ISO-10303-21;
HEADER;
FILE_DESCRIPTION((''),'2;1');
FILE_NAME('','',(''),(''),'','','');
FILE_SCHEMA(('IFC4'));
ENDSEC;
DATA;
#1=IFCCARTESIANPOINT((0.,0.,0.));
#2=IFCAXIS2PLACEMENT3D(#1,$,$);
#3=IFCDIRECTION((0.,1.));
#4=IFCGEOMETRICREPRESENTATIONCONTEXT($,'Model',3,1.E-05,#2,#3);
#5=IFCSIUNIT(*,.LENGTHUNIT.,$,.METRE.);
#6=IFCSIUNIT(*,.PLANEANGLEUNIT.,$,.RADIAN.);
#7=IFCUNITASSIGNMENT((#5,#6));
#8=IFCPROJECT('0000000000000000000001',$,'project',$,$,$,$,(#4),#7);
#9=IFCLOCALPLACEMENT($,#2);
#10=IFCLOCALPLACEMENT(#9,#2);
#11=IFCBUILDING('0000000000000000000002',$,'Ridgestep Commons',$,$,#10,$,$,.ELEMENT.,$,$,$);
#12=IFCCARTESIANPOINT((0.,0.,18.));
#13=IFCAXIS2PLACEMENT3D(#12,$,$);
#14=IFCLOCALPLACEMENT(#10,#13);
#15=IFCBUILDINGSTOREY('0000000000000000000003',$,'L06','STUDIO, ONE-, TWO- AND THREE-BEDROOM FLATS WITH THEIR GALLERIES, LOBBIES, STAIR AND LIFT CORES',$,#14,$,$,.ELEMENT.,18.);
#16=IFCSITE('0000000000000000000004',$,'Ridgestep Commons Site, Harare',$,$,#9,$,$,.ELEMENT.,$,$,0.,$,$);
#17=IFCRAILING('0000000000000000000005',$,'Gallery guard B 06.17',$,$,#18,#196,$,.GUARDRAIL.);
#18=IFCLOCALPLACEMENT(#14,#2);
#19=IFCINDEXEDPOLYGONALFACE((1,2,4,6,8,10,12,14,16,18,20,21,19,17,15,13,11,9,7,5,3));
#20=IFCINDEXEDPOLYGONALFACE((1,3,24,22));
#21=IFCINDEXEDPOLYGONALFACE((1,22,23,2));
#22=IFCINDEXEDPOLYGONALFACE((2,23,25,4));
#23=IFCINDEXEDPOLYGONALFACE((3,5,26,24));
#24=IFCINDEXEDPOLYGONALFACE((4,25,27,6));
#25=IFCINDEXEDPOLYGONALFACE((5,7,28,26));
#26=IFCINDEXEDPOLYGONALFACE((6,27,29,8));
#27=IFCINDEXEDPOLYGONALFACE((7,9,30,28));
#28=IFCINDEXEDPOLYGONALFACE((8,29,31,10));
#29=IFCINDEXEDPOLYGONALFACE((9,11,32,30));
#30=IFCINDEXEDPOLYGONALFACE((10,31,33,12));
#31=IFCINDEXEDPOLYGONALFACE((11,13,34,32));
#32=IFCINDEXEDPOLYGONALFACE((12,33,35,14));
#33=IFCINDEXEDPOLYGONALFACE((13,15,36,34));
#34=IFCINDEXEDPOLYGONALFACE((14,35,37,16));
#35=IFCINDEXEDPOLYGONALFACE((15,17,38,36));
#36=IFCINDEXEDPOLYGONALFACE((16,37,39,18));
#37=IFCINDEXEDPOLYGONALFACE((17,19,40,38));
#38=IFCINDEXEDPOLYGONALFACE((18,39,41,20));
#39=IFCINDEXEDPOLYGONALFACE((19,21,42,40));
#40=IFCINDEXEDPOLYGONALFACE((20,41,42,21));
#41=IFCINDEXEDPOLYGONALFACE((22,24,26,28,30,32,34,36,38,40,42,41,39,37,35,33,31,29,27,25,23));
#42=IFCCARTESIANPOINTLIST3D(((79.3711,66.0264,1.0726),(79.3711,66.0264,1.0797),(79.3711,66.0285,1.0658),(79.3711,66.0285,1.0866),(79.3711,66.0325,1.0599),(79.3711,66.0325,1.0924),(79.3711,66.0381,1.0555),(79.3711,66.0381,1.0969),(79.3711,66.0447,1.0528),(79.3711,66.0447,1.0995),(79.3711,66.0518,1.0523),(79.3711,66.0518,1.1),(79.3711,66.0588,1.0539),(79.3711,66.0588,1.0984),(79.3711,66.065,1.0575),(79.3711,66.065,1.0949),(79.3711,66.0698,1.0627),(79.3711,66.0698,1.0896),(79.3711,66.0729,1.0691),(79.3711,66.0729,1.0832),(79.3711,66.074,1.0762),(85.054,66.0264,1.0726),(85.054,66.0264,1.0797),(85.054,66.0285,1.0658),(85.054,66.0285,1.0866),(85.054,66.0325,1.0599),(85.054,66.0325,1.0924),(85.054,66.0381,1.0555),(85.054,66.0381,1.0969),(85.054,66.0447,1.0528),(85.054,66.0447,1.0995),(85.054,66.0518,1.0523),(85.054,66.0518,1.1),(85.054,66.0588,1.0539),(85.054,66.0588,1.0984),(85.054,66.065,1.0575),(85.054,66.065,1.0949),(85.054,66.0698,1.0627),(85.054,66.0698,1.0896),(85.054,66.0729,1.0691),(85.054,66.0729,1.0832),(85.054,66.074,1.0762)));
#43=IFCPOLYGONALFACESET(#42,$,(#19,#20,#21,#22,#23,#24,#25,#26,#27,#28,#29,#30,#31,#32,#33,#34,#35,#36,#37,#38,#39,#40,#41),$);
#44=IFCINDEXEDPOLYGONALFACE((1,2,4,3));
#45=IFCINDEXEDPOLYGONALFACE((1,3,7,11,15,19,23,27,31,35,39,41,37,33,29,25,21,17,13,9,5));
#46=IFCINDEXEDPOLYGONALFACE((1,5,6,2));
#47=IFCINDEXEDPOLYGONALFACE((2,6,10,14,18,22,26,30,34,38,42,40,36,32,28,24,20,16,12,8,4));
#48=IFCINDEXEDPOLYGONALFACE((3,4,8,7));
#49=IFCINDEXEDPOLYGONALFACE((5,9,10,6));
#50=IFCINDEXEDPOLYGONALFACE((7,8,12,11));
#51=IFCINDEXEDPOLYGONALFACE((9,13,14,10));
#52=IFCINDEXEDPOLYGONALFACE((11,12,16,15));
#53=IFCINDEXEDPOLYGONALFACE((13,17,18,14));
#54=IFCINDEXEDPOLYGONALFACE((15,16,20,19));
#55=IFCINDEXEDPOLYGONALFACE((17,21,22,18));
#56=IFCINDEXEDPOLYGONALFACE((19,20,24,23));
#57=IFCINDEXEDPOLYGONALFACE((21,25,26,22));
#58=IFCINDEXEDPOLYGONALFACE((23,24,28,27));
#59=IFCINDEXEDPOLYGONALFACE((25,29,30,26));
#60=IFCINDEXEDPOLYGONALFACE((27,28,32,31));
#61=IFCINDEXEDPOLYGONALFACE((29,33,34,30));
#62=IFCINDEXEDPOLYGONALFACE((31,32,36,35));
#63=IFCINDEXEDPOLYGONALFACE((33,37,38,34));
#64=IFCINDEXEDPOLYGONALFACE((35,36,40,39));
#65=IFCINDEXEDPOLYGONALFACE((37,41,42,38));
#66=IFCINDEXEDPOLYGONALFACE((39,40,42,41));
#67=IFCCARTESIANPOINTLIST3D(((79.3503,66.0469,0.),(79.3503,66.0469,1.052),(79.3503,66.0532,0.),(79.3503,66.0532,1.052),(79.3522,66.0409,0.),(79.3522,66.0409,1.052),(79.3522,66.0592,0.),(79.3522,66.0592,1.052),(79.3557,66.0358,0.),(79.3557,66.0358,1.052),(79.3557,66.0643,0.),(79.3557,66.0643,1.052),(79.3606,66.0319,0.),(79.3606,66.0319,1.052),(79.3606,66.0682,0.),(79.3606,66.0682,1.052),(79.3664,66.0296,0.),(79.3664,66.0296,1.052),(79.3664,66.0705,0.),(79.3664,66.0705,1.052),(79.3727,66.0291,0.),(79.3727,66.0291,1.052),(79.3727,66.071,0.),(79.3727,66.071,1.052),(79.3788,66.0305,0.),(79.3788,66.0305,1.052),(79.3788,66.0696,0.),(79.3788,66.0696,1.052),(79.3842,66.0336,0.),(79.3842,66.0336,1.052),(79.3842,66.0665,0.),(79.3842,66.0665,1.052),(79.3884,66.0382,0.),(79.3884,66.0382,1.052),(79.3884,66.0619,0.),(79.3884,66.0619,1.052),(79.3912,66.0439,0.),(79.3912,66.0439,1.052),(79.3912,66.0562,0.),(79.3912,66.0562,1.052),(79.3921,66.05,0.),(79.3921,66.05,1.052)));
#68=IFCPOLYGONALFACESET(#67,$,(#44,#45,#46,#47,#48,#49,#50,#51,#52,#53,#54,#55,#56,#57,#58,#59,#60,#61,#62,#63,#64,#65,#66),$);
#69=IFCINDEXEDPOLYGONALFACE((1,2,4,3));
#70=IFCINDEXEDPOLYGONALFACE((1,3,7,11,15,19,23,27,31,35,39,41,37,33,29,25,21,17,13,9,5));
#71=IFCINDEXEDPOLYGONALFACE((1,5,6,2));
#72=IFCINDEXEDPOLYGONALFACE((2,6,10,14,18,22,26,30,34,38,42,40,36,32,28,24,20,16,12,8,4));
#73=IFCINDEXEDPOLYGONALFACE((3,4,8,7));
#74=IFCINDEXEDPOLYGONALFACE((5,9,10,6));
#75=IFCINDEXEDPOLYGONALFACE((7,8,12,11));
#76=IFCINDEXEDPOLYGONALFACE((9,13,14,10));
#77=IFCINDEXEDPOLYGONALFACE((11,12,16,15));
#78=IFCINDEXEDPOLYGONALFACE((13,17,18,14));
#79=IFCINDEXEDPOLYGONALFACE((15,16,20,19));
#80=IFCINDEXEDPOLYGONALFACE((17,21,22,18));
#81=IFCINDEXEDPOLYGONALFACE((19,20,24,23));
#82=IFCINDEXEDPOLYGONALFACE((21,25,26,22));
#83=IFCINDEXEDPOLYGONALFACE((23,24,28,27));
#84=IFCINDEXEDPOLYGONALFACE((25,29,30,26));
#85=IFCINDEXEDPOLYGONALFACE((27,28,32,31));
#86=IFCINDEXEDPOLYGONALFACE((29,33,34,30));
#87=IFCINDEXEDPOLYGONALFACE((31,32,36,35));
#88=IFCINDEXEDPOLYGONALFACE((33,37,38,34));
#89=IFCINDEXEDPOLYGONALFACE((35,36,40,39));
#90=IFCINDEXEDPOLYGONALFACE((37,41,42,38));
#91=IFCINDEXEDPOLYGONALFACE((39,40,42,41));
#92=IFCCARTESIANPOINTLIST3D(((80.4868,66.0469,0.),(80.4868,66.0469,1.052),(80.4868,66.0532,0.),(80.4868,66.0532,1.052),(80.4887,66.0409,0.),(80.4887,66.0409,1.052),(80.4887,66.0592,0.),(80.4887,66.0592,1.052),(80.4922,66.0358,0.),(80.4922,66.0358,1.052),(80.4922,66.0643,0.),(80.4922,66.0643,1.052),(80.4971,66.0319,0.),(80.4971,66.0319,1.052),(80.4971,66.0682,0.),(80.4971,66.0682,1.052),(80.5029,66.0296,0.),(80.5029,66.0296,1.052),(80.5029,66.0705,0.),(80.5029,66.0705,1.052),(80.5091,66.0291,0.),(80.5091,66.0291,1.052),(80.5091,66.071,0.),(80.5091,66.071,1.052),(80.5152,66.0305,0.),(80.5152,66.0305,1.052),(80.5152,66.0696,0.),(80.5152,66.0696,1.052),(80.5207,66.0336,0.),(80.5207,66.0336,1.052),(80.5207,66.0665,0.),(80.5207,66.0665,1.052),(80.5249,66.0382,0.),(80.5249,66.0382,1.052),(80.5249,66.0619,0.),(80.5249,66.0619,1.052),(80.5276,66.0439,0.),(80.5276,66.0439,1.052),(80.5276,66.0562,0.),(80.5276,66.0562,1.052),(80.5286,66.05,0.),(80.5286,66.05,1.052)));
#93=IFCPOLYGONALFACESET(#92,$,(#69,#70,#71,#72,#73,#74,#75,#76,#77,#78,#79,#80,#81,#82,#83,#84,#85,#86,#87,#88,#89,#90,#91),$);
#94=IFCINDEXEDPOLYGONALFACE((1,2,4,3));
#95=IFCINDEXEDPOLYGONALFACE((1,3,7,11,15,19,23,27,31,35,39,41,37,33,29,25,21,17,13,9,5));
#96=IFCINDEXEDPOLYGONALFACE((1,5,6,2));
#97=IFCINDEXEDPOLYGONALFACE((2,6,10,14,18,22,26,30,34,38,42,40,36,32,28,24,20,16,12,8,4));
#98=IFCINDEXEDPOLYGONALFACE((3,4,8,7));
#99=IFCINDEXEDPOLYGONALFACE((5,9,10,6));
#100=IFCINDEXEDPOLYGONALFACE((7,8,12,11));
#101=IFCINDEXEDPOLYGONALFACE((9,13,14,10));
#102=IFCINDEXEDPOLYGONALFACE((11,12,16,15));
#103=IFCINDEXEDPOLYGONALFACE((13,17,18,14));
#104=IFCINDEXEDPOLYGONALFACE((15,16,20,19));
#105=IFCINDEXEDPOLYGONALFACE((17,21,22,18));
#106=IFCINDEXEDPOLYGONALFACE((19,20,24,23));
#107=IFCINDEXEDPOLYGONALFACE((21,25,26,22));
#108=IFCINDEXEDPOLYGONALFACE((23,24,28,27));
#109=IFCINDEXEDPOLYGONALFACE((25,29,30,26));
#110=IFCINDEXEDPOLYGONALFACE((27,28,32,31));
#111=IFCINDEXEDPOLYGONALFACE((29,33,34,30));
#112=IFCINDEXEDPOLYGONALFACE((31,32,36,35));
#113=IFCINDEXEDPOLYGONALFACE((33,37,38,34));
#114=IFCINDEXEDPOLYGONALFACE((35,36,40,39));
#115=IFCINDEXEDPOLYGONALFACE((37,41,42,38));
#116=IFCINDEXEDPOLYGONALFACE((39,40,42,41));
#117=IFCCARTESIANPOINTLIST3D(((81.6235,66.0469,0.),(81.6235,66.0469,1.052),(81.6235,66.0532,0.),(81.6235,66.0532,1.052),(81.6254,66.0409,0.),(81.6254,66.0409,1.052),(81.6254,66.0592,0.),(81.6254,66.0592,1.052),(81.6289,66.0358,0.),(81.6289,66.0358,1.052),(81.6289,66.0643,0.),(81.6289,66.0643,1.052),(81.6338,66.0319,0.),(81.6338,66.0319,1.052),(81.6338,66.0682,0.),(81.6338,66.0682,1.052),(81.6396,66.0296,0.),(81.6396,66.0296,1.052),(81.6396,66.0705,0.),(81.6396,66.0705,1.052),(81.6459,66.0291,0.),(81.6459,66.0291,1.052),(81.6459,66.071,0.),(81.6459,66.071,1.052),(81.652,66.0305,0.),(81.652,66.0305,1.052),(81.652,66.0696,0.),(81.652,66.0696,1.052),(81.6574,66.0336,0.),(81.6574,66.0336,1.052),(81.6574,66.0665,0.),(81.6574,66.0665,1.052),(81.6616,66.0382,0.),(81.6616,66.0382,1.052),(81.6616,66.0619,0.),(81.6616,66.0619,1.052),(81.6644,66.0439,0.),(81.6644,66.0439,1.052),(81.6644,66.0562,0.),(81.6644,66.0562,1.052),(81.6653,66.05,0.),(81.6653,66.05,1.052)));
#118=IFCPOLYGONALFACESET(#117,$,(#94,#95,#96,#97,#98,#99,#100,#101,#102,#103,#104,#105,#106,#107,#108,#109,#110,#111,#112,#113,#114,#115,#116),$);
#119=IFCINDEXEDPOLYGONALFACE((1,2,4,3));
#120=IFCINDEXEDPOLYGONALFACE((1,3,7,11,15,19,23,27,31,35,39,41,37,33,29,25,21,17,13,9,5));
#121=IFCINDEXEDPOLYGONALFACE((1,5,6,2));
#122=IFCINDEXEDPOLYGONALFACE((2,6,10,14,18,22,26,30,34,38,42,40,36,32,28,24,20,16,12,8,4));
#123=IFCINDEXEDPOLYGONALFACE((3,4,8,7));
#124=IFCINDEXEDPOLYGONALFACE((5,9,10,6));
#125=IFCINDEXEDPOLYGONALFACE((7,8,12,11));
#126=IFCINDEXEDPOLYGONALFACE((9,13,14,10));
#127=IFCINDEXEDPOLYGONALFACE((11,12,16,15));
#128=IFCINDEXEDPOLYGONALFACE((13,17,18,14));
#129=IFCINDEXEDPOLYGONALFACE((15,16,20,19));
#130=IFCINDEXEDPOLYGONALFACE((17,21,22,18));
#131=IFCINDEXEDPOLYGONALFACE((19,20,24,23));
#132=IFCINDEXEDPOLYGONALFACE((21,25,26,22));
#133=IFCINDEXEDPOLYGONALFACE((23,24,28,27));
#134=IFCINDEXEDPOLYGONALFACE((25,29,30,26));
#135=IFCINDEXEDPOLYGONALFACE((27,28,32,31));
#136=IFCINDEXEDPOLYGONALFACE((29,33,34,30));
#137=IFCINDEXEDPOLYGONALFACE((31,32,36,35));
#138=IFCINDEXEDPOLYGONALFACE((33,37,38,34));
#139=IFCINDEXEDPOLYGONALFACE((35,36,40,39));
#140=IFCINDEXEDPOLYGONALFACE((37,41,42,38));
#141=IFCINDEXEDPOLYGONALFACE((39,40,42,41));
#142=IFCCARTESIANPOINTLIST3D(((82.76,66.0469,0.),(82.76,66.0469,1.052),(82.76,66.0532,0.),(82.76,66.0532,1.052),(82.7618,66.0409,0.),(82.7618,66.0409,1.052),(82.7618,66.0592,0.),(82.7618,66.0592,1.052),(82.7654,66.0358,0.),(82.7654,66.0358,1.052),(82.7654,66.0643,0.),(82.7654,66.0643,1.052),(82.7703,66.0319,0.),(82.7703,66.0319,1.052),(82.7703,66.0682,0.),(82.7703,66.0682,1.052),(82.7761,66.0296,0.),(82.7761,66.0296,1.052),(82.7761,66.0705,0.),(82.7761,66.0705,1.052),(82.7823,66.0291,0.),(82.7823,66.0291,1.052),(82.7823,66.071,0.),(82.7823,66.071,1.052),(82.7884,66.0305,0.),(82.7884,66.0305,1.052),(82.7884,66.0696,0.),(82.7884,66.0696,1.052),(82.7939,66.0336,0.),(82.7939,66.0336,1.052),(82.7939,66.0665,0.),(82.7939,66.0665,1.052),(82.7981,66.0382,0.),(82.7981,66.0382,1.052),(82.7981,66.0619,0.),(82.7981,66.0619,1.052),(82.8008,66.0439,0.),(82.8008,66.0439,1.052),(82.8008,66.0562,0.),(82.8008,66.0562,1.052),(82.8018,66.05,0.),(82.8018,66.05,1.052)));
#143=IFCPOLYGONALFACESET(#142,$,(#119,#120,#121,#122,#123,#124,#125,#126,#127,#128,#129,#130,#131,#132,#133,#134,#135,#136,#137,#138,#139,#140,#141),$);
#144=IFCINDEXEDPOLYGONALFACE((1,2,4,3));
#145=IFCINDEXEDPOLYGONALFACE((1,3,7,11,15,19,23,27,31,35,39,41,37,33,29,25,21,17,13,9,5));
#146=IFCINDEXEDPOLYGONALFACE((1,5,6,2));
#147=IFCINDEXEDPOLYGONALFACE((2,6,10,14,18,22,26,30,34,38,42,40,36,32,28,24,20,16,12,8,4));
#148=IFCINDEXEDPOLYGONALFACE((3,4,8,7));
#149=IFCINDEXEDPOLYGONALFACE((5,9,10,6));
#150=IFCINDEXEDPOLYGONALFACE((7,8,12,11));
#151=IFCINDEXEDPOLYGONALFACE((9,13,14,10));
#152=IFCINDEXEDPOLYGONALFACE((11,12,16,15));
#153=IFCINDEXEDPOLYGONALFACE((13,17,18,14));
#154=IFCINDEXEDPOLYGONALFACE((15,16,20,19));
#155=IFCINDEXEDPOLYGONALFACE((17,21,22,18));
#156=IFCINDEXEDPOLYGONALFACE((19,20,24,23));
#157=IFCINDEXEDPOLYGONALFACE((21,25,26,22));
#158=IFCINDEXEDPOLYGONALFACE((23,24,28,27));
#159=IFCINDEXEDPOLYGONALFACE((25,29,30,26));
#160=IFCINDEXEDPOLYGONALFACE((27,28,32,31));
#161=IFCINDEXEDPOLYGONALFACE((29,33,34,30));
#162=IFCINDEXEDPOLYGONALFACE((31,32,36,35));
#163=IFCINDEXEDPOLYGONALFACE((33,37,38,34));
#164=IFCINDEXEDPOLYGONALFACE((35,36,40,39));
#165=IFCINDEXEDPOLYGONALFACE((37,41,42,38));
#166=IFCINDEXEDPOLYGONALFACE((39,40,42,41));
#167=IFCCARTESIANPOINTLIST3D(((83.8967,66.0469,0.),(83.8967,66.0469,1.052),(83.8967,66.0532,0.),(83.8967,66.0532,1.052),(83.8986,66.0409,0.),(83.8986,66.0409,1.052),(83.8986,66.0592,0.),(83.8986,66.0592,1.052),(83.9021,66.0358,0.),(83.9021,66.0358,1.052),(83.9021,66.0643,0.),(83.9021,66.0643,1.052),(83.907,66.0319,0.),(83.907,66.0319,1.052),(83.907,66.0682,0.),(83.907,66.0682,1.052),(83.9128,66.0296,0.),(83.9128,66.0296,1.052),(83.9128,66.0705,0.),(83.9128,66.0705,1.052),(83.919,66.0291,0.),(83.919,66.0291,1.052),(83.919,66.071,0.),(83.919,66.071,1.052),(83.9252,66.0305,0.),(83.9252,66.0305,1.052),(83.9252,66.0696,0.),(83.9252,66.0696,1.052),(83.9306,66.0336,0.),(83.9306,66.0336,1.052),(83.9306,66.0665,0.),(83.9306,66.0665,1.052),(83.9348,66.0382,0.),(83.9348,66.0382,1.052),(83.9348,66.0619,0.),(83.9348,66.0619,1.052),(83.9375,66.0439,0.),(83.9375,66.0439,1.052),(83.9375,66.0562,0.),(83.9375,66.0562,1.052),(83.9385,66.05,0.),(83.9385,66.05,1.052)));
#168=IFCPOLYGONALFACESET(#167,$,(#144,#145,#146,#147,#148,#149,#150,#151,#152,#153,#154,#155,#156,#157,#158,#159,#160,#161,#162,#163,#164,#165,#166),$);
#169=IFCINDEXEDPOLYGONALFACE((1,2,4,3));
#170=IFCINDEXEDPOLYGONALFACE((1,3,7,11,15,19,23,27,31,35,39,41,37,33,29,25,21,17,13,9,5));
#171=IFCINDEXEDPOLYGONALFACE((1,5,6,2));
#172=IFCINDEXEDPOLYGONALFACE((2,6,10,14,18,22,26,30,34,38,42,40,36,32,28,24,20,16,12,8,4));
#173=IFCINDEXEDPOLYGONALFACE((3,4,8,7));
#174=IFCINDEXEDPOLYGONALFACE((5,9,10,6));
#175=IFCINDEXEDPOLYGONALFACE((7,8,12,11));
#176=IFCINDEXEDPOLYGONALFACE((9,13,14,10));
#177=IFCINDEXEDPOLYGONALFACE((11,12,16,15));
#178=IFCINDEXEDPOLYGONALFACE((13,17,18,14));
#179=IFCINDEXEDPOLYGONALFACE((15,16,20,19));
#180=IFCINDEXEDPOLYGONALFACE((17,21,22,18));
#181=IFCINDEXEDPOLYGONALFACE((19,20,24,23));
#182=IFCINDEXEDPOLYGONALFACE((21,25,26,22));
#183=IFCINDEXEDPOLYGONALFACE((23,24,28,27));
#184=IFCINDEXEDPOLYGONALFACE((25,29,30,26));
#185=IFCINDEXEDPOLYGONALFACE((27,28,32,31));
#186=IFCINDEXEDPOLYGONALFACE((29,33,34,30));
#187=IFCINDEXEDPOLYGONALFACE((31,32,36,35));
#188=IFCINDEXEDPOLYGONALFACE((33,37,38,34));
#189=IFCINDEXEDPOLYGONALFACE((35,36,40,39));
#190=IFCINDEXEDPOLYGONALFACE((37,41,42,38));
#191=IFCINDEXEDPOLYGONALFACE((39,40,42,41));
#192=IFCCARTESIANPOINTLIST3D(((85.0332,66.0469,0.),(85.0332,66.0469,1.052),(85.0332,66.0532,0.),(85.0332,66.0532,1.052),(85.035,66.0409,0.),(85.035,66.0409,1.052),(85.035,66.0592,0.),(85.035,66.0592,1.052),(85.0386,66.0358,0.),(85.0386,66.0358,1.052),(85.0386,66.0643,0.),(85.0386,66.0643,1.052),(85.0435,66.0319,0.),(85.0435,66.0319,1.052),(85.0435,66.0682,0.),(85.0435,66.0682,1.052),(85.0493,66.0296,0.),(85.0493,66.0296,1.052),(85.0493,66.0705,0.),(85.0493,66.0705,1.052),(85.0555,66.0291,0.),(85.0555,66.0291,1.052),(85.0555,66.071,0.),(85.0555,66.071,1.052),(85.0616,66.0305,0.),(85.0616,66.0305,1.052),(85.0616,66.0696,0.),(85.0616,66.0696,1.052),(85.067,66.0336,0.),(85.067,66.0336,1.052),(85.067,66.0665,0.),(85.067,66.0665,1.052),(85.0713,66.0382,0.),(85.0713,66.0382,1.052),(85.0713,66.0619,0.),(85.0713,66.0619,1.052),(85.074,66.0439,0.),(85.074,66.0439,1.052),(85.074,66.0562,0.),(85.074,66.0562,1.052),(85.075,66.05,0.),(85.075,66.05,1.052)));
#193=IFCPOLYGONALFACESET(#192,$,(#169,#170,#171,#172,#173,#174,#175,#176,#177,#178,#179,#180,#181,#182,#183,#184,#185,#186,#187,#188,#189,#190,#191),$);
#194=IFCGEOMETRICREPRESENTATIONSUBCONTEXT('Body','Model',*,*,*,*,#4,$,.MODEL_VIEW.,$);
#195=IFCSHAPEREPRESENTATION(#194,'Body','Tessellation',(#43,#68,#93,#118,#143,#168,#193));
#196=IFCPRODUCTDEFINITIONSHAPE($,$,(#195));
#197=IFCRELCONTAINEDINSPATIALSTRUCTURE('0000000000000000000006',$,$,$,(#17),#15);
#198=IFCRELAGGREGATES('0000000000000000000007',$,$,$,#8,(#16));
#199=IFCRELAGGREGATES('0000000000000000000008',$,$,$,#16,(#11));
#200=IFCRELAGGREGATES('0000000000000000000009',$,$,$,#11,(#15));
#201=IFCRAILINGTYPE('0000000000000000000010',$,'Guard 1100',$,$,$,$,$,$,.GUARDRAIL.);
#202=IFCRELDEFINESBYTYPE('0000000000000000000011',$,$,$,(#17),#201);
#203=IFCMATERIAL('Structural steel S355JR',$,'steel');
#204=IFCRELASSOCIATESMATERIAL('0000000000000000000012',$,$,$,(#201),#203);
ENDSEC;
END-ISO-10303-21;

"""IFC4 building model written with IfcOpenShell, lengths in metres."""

from ifc_helpers import new_model, si_unit, direction, frame, origin, origin_2d, place, context, subcontext, project, spatial, circle, extrude, material, type_object, element, save


model = new_model("IFC4")

# Units and contexts
model_context = context("Model", 3, precision=1e-05, world=origin(), true_north=direction((0.0, 1.0)))
body_context = subcontext(model_context, "Body", "Model", "MODEL_VIEW")
ifc_project = project(units=[si_unit("LENGTHUNIT", "METRE"), si_unit("PLANEANGLEUNIT", "RADIAN")], contexts=[model_context])

# Site, building, storey
site_placement = place(None, origin())
site = spatial("IfcSite", under=ifc_project, at=site_placement, Name="Ridgestep Commons Site, Harare", CompositionType="ELEMENT", RefElevation=0.0)
building_placement = place(site_placement, origin())
building = spatial("IfcBuilding", under=site, at=building_placement, Name="Ridgestep Commons", CompositionType="ELEMENT")
storey_placement = place(building_placement, frame((0.0, 0.0, 18.0)))
storey = spatial("IfcBuildingStorey", under=building, at=storey_placement, Name="L06", Description="STUDIO, ONE-, TWO- AND THREE-BEDROOM FLATS WITH THEIR GALLERIES, LOBBIES, STAIR AND LIFT CORES", CompositionType="ELEMENT", Elevation=18.0)

# Railing
ifc_material_1 = material(Name="Structural steel S355JR", Category="steel")
railing_type_1 = type_object("IfcRailingType", Name="Guard 1100", PredefinedType="GUARDRAIL", material=ifc_material_1)
railing_1_placement = place(storey_placement, frame((79.3711, 66.05, 0.0)))
element("IfcRailing", 1, at=railing_1_placement, inside=storey, type_object=railing_type_1, Name="Gallery guard B 06.17", PredefinedType="GUARDRAIL", context=body_context, shape_type="SweptSolid", body=[
    extrude(circle(Radius=0.0239, at=origin_2d()), frame((0.0, 0.0, 1.0762), z_axis=(1.0, 0.0, 0.0), x_axis=(0.0, 1.0, 0.0)), (0.0, 0.0, 1.0), 5.6829),
    extrude(circle(Radius=0.021, at=origin_2d()), origin(), (0.0, 0.0, 1.0), 1.052),
    extrude(circle(Radius=0.021, at=origin_2d()), frame((1.1365, 0.0, 0.0)), (0.0, 0.0, 1.0), 1.052),
    extrude(circle(Radius=0.021, at=origin_2d()), frame((2.2732, 0.0, 0.0)), (0.0, 0.0, 1.0), 1.052),
    extrude(circle(Radius=0.021, at=origin_2d()), frame((3.4097, 0.0, 0.0)), (0.0, 0.0, 1.0), 1.052),
    extrude(circle(Radius=0.021, at=origin_2d()), frame((4.5464, 0.0, 0.0)), (0.0, 0.0, 1.0), 1.052),
    extrude(circle(Radius=0.021, at=origin_2d()), frame((5.6829, 0.0, 0.0)), (0.0, 0.0, 1.0), 1.052),
])

save(model, "model.ifc")
